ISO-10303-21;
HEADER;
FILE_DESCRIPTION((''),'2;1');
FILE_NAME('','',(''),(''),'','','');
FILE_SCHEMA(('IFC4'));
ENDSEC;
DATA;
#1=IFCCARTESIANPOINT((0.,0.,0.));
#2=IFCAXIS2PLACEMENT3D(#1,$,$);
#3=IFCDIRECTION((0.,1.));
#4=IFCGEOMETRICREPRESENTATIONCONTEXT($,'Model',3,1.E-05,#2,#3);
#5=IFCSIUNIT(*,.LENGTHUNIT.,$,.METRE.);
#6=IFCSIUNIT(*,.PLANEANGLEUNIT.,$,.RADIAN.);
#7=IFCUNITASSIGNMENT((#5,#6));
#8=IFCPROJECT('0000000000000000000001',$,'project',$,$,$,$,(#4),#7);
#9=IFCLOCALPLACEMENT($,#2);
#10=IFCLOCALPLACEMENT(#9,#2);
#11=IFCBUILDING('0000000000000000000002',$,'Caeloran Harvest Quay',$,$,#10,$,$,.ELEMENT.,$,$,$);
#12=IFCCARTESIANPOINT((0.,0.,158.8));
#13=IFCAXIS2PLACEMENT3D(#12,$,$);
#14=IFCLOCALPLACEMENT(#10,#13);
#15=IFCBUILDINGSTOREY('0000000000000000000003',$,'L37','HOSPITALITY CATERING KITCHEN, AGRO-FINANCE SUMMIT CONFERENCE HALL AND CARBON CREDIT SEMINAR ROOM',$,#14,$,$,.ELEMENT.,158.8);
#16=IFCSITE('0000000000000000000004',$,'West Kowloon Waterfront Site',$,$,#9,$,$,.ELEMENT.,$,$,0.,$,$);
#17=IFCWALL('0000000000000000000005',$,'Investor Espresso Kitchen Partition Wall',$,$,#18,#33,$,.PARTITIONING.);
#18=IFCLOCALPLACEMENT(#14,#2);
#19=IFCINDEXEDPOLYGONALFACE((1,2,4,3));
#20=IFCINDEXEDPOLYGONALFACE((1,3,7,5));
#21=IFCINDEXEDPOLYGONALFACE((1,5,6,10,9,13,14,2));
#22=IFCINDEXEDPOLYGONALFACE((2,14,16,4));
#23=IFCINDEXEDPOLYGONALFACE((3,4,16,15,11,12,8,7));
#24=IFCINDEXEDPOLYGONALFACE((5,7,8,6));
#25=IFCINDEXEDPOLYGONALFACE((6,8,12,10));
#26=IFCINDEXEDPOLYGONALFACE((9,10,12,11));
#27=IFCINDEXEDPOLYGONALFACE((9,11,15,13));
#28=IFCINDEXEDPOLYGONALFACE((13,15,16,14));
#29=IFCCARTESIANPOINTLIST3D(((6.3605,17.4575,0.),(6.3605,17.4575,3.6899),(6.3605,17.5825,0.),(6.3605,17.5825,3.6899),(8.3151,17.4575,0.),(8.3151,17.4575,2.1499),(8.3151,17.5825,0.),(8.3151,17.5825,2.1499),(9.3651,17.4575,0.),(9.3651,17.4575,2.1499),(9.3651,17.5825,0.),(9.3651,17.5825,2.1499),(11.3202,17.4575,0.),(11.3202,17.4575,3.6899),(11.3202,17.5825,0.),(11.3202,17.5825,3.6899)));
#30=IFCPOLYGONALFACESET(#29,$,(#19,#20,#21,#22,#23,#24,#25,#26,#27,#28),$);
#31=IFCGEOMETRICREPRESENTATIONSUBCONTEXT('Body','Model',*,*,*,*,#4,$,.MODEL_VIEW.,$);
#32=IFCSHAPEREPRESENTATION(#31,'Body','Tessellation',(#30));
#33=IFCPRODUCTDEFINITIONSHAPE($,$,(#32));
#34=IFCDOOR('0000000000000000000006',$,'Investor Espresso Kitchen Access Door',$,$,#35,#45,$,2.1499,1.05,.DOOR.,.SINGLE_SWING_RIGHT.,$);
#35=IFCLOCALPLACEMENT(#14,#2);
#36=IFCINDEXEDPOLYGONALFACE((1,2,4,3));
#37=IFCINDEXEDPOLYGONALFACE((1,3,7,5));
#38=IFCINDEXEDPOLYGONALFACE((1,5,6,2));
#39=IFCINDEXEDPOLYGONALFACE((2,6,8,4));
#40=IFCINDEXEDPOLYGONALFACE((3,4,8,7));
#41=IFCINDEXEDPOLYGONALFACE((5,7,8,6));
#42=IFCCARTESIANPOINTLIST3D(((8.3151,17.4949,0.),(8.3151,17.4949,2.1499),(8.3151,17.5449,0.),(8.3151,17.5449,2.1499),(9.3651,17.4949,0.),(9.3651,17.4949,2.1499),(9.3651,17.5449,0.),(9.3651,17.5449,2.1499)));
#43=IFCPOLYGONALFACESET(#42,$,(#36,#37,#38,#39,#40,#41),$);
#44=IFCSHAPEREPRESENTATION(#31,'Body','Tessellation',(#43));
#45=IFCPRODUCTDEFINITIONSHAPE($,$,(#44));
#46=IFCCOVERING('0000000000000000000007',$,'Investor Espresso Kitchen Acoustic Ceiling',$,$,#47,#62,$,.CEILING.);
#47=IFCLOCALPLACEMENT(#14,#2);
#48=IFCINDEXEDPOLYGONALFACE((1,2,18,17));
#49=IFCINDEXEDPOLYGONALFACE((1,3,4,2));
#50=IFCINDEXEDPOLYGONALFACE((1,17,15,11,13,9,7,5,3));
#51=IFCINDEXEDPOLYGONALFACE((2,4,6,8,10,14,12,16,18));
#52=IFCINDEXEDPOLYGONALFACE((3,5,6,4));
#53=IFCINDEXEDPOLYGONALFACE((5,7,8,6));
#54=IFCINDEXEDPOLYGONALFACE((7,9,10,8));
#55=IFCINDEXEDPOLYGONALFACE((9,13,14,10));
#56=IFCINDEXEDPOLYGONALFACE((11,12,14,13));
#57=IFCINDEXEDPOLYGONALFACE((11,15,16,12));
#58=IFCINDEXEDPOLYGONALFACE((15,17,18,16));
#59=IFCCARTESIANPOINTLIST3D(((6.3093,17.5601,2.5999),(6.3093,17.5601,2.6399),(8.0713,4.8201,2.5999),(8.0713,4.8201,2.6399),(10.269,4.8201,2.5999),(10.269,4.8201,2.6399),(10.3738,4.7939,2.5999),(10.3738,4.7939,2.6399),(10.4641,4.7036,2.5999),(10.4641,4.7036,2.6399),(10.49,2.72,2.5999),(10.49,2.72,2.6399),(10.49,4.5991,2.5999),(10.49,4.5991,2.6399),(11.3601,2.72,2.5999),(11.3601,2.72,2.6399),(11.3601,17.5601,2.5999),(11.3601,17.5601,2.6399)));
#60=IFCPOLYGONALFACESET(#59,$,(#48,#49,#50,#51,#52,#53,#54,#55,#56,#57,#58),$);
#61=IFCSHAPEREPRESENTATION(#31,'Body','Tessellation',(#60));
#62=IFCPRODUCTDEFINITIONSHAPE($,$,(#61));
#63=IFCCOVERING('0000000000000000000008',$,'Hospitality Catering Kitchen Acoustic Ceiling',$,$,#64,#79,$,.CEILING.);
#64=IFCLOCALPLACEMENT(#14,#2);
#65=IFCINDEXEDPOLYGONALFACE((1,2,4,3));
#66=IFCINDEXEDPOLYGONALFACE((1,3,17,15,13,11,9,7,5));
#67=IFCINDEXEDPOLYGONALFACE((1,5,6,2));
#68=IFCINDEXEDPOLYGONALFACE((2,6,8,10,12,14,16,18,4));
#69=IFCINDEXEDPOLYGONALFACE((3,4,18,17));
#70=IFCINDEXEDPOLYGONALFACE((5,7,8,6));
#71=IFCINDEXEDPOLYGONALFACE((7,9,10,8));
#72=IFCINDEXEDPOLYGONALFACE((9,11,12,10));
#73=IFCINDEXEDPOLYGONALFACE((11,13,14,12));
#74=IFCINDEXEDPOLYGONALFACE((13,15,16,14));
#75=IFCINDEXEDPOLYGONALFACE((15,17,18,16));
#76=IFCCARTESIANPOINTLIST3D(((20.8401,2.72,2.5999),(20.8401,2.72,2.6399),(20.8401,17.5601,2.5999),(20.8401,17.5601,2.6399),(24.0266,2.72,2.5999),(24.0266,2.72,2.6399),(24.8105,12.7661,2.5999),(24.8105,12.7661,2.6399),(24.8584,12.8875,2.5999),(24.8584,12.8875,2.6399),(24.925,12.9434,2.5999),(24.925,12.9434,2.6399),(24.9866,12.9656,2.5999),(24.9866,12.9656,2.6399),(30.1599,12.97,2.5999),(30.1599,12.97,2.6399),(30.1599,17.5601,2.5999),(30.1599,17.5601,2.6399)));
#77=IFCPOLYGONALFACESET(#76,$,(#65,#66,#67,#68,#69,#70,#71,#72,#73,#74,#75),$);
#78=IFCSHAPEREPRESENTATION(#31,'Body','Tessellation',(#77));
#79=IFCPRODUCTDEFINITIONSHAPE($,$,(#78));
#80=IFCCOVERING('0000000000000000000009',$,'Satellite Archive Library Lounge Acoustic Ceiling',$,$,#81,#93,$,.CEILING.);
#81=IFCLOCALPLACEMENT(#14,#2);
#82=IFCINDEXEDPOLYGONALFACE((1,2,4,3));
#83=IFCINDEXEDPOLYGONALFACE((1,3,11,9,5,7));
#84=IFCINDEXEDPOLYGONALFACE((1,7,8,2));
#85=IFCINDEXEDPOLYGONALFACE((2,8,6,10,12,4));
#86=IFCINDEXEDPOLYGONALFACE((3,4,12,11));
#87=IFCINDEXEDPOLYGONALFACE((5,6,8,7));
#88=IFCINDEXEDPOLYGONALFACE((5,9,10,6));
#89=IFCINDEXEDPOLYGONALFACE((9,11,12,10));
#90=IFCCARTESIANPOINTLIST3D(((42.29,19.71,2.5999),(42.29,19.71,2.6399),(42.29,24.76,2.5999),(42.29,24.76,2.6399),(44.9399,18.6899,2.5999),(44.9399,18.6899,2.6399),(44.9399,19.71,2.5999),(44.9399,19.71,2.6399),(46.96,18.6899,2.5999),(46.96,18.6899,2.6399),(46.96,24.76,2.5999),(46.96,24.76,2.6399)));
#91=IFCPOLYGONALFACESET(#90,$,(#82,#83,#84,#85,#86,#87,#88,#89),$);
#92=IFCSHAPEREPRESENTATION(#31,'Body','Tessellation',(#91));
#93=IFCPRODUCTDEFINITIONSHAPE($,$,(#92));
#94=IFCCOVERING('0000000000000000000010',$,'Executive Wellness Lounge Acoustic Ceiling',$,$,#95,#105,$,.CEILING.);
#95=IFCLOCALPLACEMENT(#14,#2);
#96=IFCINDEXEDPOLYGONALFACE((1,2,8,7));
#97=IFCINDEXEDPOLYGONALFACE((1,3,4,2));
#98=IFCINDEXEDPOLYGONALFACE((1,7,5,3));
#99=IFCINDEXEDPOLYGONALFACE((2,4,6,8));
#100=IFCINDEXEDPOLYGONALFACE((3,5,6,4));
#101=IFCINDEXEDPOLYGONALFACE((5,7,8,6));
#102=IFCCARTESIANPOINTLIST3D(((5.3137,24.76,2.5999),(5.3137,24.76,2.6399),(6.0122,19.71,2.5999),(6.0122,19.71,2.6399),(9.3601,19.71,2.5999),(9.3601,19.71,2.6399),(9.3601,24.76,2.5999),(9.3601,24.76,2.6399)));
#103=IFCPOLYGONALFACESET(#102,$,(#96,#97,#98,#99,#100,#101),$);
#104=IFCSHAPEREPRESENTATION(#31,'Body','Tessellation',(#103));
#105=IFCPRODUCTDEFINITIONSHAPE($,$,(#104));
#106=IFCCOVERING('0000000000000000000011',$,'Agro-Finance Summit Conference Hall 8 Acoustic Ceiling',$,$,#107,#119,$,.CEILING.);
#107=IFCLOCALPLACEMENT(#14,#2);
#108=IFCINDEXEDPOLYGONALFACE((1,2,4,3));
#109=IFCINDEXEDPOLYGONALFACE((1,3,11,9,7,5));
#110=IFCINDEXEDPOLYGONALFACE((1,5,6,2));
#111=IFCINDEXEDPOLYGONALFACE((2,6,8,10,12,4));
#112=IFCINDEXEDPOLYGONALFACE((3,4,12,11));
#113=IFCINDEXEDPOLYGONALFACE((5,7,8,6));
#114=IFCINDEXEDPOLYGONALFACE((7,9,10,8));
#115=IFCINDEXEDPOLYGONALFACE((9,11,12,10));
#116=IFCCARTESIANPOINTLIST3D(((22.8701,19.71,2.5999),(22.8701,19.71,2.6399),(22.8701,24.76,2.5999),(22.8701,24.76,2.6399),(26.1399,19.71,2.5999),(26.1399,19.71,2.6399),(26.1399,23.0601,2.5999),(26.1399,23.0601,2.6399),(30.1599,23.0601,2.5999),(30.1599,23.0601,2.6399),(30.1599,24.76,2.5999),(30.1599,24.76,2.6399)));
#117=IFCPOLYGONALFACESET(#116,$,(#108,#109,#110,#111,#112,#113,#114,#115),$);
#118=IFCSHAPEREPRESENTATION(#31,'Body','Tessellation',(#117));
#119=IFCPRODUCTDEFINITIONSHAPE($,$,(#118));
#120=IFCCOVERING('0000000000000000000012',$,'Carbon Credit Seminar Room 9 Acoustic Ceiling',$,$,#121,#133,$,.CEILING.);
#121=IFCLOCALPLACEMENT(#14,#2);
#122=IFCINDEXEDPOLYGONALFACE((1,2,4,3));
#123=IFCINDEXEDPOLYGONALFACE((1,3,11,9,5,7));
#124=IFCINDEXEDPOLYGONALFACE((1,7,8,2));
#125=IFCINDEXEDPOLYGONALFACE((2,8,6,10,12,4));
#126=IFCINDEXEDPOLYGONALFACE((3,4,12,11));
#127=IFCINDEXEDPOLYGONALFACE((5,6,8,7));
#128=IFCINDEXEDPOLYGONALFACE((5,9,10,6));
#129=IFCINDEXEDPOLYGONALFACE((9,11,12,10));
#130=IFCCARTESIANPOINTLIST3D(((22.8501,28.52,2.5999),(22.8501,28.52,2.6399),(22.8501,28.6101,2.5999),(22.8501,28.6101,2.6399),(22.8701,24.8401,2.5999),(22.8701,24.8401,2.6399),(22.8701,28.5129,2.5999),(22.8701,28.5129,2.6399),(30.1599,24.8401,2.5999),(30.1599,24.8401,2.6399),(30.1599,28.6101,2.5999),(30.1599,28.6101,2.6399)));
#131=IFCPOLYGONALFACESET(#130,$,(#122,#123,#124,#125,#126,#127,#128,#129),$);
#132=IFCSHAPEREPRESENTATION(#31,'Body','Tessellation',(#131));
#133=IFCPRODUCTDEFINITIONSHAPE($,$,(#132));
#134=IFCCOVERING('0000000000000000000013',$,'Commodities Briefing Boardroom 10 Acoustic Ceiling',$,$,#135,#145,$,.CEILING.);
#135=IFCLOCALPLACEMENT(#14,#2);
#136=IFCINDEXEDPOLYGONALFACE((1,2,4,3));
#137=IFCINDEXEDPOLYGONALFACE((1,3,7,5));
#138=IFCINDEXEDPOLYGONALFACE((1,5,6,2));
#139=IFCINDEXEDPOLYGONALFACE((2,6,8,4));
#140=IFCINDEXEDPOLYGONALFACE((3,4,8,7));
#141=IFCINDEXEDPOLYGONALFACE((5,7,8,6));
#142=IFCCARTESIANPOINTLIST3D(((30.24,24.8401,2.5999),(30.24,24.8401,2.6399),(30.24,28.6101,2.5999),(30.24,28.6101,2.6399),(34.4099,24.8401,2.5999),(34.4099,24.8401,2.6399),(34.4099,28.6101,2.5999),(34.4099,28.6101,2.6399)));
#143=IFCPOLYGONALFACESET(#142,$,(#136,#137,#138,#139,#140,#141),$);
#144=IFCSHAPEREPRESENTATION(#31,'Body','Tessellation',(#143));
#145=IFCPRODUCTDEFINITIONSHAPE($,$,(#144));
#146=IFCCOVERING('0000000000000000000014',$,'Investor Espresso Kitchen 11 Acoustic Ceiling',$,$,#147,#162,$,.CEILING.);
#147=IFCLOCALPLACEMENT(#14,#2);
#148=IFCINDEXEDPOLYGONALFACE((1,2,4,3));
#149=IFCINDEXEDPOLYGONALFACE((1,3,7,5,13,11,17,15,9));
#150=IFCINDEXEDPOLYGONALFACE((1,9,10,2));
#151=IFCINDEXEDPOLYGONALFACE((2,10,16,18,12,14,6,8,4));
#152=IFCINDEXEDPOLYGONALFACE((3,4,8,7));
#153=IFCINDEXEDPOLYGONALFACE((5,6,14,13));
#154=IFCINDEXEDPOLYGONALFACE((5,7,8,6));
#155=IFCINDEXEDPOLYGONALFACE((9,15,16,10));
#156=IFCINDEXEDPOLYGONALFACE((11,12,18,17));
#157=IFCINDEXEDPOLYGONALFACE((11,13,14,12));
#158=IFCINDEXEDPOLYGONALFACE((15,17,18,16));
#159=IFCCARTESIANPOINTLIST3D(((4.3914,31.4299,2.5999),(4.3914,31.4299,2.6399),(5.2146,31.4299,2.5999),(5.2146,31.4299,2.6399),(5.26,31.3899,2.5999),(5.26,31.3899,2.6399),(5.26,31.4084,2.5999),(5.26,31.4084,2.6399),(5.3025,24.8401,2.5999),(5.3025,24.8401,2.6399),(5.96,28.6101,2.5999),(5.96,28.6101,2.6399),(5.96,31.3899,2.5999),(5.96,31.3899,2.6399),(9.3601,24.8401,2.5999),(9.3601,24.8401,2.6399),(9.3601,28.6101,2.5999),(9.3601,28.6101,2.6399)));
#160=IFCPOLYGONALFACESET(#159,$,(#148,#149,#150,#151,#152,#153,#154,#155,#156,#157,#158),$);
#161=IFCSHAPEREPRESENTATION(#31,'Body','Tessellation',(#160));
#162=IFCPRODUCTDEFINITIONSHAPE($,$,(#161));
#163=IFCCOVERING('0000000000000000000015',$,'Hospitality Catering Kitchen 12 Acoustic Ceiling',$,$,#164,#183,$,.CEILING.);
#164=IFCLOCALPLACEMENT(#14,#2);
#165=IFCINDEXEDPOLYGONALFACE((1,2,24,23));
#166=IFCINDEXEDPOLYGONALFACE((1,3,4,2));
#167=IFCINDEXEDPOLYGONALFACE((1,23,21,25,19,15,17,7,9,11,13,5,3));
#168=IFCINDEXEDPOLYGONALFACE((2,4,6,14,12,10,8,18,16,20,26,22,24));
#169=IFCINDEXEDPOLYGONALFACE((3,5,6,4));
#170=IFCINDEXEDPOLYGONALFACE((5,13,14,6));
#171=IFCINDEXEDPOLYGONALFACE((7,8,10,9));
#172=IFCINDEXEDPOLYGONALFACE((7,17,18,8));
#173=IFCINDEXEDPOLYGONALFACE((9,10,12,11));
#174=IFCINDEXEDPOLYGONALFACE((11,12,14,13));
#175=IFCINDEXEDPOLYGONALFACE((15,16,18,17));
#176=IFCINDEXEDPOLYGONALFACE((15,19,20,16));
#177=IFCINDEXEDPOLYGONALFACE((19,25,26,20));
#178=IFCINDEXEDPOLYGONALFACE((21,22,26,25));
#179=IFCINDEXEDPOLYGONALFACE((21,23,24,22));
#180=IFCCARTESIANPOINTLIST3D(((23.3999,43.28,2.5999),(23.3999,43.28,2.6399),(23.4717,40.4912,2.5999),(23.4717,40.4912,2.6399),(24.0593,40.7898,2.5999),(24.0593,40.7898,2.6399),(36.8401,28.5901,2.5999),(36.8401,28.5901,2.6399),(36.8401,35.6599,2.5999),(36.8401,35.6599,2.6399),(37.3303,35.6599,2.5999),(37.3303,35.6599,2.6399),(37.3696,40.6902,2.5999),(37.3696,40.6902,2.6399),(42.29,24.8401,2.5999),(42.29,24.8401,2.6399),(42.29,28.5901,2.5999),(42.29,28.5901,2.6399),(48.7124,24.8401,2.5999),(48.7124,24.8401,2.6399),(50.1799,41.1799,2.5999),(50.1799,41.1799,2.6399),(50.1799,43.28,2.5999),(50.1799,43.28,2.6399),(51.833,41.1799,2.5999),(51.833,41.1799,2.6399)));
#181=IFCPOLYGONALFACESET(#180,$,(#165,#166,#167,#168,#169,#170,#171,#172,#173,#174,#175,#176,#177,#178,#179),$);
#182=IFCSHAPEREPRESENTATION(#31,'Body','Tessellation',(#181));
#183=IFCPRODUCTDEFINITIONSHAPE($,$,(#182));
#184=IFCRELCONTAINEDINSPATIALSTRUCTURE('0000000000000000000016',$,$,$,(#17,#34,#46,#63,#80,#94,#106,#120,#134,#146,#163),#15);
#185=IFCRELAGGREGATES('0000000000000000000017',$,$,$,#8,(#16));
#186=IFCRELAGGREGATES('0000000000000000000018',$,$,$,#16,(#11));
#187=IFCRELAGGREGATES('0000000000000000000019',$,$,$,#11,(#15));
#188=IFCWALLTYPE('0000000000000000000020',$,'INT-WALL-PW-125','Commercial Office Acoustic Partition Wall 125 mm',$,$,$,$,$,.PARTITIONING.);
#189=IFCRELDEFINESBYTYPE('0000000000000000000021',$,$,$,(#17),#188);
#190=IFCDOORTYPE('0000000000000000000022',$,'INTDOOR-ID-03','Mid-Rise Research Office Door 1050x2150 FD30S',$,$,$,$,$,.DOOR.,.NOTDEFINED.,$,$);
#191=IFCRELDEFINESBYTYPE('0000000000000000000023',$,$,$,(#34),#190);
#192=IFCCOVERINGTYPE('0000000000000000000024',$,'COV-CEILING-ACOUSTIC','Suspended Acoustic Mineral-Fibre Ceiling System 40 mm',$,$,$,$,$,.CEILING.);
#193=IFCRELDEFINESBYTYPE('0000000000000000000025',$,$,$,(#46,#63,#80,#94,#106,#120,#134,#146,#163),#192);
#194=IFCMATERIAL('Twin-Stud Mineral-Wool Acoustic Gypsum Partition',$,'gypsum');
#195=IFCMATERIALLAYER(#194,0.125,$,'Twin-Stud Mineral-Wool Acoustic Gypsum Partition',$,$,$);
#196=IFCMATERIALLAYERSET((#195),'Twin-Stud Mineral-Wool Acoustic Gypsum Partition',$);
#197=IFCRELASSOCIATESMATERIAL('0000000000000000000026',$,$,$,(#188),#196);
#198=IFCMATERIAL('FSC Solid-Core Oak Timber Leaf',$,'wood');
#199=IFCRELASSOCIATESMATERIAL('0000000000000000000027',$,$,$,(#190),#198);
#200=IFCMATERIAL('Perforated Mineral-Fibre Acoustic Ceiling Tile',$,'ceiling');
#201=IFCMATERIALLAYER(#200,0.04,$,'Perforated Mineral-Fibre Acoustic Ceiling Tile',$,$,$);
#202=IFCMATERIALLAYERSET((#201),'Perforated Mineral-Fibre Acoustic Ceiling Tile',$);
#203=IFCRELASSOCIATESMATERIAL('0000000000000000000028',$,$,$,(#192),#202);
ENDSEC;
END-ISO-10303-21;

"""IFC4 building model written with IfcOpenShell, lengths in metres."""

from ifc_helpers import new_model, si_unit, direction, frame, frame_2d, origin, place, context, subcontext, project, spatial, polyline, rectangle, outline, extrude, material, layer, layer_set, type_object, element, fill, save


model = new_model("IFC4")

# Units and contexts
model_context = context("Model", 3, precision=1e-05, world=origin(), true_north=direction((0.0, 1.0)))
body_context = subcontext(model_context, "Body", "Model", "MODEL_VIEW")
ifc_project = project(units=[si_unit("LENGTHUNIT", "METRE"), si_unit("PLANEANGLEUNIT", "RADIAN")], contexts=[model_context])

# Site, building, storey
site_placement = place(None, origin())
site = spatial("IfcSite", under=ifc_project, at=site_placement, Name="West Kowloon Waterfront Site", CompositionType="ELEMENT", RefElevation=0.0)
building_placement = place(site_placement, origin())
building = spatial("IfcBuilding", under=site, at=building_placement, Name="Caeloran Harvest Quay", CompositionType="ELEMENT")
storey_placement = place(building_placement, frame((0.0, 0.0, 158.8)))
storey = spatial("IfcBuildingStorey", under=building, at=storey_placement, Name="L37", Description="HOSPITALITY CATERING KITCHEN, AGRO-FINANCE SUMMIT CONFERENCE HALL AND CARBON CREDIT SEMINAR ROOM", CompositionType="ELEMENT", Elevation=158.8)

# Wall, opening, door
ifc_material_1 = material(Name="Twin-Stud Mineral-Wool Acoustic Gypsum Partition", Category="gypsum")
ifc_layer_1 = layer(ifc_material_1, 0.125, Name="Twin-Stud Mineral-Wool Acoustic Gypsum Partition")
ifc_layer_set_1 = layer_set([ifc_layer_1], Name="Twin-Stud Mineral-Wool Acoustic Gypsum Partition")
wall_type = type_object("IfcWallType", Name="INT-WALL-PW-125", Description="Commercial Office Acoustic Partition Wall 125 mm", PredefinedType="PARTITIONING", material=ifc_layer_set_1)
wall_placement = place(storey_placement, frame((6.3604, 17.52, 0.0), z_axis=(0.0, 0.0, 1.0), x_axis=(1.0, 0.0, 0.0)))
wall = element("IfcWall", 1, at=wall_placement, inside=storey, type_object=wall_type, Name="Investor Espresso Kitchen Partition Wall", PredefinedType="PARTITIONING", context=body_context, shape_type="SweptSolid", body=[
    extrude(rectangle(XDim=4.9597, YDim=0.125, at=frame_2d((2.48, 0.0))), origin(), (0.0, 0.0, 1.0), 3.6899),
])
opening_placement = place(wall_placement, frame((1.9548, 0.0, 0.0)))
opening = element("IfcOpeningElement", 2, at=opening_placement, cuts=wall, PredefinedType="OPENING", context=body_context, shape_type="SweptSolid", body=[
    extrude(rectangle(XDim=1.05, YDim=2.1499, at=frame_2d((0.5249, 1.075))), frame((0.0, 0.0725, 0.0), z_axis=(0.0, -1.0, 0.0), x_axis=(1.0, 0.0, 0.0)), (0.0, 0.0, 1.0), 0.145),
])
ifc_material_2 = material(Name="FSC Solid-Core Oak Timber Leaf", Category="wood")
door_type = type_object("IfcDoorType", Name="INTDOOR-ID-03", Description="Mid-Rise Research Office Door 1050x2150 FD30S", OperationType="NOTDEFINED", PredefinedType="DOOR", material=ifc_material_2)
door_placement = place(opening_placement, origin())
door = element("IfcDoor", 3, at=door_placement, inside=storey, type_object=door_type, Name="Investor Espresso Kitchen Access Door", OperationType="SINGLE_SWING_RIGHT", OverallHeight=2.1499, OverallWidth=1.05, PredefinedType="DOOR", context=body_context, shape_type="SweptSolid", body=[
    extrude(rectangle(XDim=1.05, YDim=2.1499, at=frame_2d((0.5249, 1.075))), frame((0.0, 0.0249, 0.0), z_axis=(0.0, -1.0, 0.0), x_axis=(1.0, 0.0, 0.0)), (0.0, 0.0, 1.0), 0.05),
])
fill(opening, door)

# Coverings
ifc_material_3 = material(Name="Perforated Mineral-Fibre Acoustic Ceiling Tile", Category="ceiling")
ifc_layer_2 = layer(ifc_material_3, 0.04, Name="Perforated Mineral-Fibre Acoustic Ceiling Tile")
ifc_layer_set_2 = layer_set([ifc_layer_2], Name="Perforated Mineral-Fibre Acoustic Ceiling Tile")
covering_type_1 = type_object("IfcCoveringType", Name="COV-CEILING-ACOUSTIC", Description="Suspended Acoustic Mineral-Fibre Ceiling System 40 mm", PredefinedType="CEILING", material=ifc_layer_set_2)
covering_1_placement = place(storey_placement, frame((0.0, 0.0, 2.5999)))
element("IfcCovering", 4, at=covering_1_placement, inside=storey, type_object=covering_type_1, Name="Investor Espresso Kitchen Acoustic Ceiling", PredefinedType="CEILING", context=body_context, shape_type="SweptSolid", body=[
    extrude(outline(polyline([(10.4641, 4.7036), (10.3738, 4.7939), (10.269, 4.8201), (8.0713, 4.8201), (6.3093, 17.5601), (11.3601, 17.5601), (11.3601, 2.72), (10.49, 2.72), (10.49, 4.5991), (10.4641, 4.7036)])), origin(), (0.0, 0.0, 1.0), 0.04),
])
covering_2_placement = place(storey_placement, frame((0.0, 0.0, 2.5999)))
element("IfcCovering", 5, at=covering_2_placement, inside=storey, type_object=covering_type_1, Name="Hospitality Catering Kitchen Acoustic Ceiling", PredefinedType="CEILING", context=body_context, shape_type="SweptSolid", body=[
    extrude(outline(polyline([(24.9866, 12.9656), (24.925, 12.9434), (24.8584, 12.8875), (24.8105, 12.7661), (24.0266, 2.72), (20.8401, 2.72), (20.8401, 17.5601), (30.1599, 17.5601), (30.1599, 12.97), (24.9866, 12.9656)])), origin(), (0.0, 0.0, 1.0), 0.04),
])
covering_3_placement = place(storey_placement, frame((0.0, 0.0, 2.5999)))
element("IfcCovering", 6, at=covering_3_placement, inside=storey, type_object=covering_type_1, Name="Satellite Archive Library Lounge Acoustic Ceiling", PredefinedType="CEILING", context=body_context, shape_type="SweptSolid", body=[
    extrude(outline(polyline([(44.9399, 19.71), (42.29, 19.71), (42.29, 24.76), (46.96, 24.76), (46.96, 18.6899), (44.9399, 18.6899), (44.9399, 19.71)])), origin(), (0.0, 0.0, 1.0), 0.04),
])
covering_4_placement = place(storey_placement, frame((0.0, 0.0, 2.5999)))
element("IfcCovering", 7, at=covering_4_placement, inside=storey, type_object=covering_type_1, Name="Executive Wellness Lounge Acoustic Ceiling", PredefinedType="CEILING", context=body_context, shape_type="SweptSolid", body=[
    extrude(outline(polyline([(9.3601, 19.71), (6.0122, 19.71), (5.3137, 24.76), (9.3601, 24.76), (9.3601, 19.71)])), origin(), (0.0, 0.0, 1.0), 0.04),
])
covering_5_placement = place(storey_placement, frame((0.0, 0.0, 2.5999)))
element("IfcCovering", 8, at=covering_5_placement, inside=storey, type_object=covering_type_1, Name="Agro-Finance Summit Conference Hall 8 Acoustic Ceiling", PredefinedType="CEILING", context=body_context, shape_type="SweptSolid", body=[
    extrude(outline(polyline([(26.1399, 23.0601), (26.1399, 19.71), (22.8701, 19.71), (22.8701, 24.76), (30.1599, 24.76), (30.1599, 23.0601), (26.1399, 23.0601)])), origin(), (0.0, 0.0, 1.0), 0.04),
])
covering_6_placement = place(storey_placement, frame((0.0, 0.0, 2.5999)))
element("IfcCovering", 9, at=covering_6_placement, inside=storey, type_object=covering_type_1, Name="Carbon Credit Seminar Room 9 Acoustic Ceiling", PredefinedType="CEILING", context=body_context, shape_type="SweptSolid", body=[
    extrude(outline(polyline([(22.8701, 28.5129), (22.8501, 28.52), (22.8501, 28.6101), (30.1599, 28.6101), (30.1599, 24.8401), (22.8701, 24.8401), (22.8701, 28.5129)])), origin(), (0.0, 0.0, 1.0), 0.04),
])
covering_7_placement = place(storey_placement, frame((0.0, 0.0, 2.5999)))
element("IfcCovering", 10, at=covering_7_placement, inside=storey, type_object=covering_type_1, Name="Commodities Briefing Boardroom 10 Acoustic Ceiling", PredefinedType="CEILING", context=body_context, shape_type="SweptSolid", body=[
    extrude(outline(polyline([(30.24, 28.6101), (34.4099, 28.6101), (34.4099, 24.8401), (30.24, 24.8401), (30.24, 28.6101)])), origin(), (0.0, 0.0, 1.0), 0.04),
])
covering_8_placement = place(storey_placement, frame((0.0, 0.0, 2.5999)))
element("IfcCovering", 11, at=covering_8_placement, inside=storey, type_object=covering_type_1, Name="Investor Espresso Kitchen 11 Acoustic Ceiling", PredefinedType="CEILING", context=body_context, shape_type="SweptSolid", body=[
    extrude(outline(polyline([(5.26, 31.3899), (5.96, 31.3899), (5.96, 28.6101), (9.3601, 28.6101), (9.3601, 24.8401), (5.3025, 24.8401), (4.3914, 31.4299), (5.2146, 31.4299), (5.26, 31.4084), (5.26, 31.3899)])), origin(), (0.0, 0.0, 1.0), 0.04),
])
covering_9_placement = place(storey_placement, frame((0.0, 0.0, 2.5999)))
element("IfcCovering", 12, at=covering_9_placement, inside=storey, type_object=covering_type_1, Name="Hospitality Catering Kitchen 12 Acoustic Ceiling", PredefinedType="CEILING", context=body_context, shape_type="SweptSolid", body=[
    extrude(outline(polyline([(23.3999, 43.28), (50.1799, 43.28), (50.1799, 41.1799), (51.833, 41.1799), (48.7124, 24.8401), (42.29, 24.8401), (42.29, 28.5901), (36.8401, 28.5901), (36.8401, 35.6599), (37.3303, 35.6599), (37.3696, 40.6902), (24.0593, 40.7898), (23.4717, 40.4912), (23.3999, 43.28)])), origin(), (0.0, 0.0, 1.0), 0.04),
])

save(model, "model.ifc")
